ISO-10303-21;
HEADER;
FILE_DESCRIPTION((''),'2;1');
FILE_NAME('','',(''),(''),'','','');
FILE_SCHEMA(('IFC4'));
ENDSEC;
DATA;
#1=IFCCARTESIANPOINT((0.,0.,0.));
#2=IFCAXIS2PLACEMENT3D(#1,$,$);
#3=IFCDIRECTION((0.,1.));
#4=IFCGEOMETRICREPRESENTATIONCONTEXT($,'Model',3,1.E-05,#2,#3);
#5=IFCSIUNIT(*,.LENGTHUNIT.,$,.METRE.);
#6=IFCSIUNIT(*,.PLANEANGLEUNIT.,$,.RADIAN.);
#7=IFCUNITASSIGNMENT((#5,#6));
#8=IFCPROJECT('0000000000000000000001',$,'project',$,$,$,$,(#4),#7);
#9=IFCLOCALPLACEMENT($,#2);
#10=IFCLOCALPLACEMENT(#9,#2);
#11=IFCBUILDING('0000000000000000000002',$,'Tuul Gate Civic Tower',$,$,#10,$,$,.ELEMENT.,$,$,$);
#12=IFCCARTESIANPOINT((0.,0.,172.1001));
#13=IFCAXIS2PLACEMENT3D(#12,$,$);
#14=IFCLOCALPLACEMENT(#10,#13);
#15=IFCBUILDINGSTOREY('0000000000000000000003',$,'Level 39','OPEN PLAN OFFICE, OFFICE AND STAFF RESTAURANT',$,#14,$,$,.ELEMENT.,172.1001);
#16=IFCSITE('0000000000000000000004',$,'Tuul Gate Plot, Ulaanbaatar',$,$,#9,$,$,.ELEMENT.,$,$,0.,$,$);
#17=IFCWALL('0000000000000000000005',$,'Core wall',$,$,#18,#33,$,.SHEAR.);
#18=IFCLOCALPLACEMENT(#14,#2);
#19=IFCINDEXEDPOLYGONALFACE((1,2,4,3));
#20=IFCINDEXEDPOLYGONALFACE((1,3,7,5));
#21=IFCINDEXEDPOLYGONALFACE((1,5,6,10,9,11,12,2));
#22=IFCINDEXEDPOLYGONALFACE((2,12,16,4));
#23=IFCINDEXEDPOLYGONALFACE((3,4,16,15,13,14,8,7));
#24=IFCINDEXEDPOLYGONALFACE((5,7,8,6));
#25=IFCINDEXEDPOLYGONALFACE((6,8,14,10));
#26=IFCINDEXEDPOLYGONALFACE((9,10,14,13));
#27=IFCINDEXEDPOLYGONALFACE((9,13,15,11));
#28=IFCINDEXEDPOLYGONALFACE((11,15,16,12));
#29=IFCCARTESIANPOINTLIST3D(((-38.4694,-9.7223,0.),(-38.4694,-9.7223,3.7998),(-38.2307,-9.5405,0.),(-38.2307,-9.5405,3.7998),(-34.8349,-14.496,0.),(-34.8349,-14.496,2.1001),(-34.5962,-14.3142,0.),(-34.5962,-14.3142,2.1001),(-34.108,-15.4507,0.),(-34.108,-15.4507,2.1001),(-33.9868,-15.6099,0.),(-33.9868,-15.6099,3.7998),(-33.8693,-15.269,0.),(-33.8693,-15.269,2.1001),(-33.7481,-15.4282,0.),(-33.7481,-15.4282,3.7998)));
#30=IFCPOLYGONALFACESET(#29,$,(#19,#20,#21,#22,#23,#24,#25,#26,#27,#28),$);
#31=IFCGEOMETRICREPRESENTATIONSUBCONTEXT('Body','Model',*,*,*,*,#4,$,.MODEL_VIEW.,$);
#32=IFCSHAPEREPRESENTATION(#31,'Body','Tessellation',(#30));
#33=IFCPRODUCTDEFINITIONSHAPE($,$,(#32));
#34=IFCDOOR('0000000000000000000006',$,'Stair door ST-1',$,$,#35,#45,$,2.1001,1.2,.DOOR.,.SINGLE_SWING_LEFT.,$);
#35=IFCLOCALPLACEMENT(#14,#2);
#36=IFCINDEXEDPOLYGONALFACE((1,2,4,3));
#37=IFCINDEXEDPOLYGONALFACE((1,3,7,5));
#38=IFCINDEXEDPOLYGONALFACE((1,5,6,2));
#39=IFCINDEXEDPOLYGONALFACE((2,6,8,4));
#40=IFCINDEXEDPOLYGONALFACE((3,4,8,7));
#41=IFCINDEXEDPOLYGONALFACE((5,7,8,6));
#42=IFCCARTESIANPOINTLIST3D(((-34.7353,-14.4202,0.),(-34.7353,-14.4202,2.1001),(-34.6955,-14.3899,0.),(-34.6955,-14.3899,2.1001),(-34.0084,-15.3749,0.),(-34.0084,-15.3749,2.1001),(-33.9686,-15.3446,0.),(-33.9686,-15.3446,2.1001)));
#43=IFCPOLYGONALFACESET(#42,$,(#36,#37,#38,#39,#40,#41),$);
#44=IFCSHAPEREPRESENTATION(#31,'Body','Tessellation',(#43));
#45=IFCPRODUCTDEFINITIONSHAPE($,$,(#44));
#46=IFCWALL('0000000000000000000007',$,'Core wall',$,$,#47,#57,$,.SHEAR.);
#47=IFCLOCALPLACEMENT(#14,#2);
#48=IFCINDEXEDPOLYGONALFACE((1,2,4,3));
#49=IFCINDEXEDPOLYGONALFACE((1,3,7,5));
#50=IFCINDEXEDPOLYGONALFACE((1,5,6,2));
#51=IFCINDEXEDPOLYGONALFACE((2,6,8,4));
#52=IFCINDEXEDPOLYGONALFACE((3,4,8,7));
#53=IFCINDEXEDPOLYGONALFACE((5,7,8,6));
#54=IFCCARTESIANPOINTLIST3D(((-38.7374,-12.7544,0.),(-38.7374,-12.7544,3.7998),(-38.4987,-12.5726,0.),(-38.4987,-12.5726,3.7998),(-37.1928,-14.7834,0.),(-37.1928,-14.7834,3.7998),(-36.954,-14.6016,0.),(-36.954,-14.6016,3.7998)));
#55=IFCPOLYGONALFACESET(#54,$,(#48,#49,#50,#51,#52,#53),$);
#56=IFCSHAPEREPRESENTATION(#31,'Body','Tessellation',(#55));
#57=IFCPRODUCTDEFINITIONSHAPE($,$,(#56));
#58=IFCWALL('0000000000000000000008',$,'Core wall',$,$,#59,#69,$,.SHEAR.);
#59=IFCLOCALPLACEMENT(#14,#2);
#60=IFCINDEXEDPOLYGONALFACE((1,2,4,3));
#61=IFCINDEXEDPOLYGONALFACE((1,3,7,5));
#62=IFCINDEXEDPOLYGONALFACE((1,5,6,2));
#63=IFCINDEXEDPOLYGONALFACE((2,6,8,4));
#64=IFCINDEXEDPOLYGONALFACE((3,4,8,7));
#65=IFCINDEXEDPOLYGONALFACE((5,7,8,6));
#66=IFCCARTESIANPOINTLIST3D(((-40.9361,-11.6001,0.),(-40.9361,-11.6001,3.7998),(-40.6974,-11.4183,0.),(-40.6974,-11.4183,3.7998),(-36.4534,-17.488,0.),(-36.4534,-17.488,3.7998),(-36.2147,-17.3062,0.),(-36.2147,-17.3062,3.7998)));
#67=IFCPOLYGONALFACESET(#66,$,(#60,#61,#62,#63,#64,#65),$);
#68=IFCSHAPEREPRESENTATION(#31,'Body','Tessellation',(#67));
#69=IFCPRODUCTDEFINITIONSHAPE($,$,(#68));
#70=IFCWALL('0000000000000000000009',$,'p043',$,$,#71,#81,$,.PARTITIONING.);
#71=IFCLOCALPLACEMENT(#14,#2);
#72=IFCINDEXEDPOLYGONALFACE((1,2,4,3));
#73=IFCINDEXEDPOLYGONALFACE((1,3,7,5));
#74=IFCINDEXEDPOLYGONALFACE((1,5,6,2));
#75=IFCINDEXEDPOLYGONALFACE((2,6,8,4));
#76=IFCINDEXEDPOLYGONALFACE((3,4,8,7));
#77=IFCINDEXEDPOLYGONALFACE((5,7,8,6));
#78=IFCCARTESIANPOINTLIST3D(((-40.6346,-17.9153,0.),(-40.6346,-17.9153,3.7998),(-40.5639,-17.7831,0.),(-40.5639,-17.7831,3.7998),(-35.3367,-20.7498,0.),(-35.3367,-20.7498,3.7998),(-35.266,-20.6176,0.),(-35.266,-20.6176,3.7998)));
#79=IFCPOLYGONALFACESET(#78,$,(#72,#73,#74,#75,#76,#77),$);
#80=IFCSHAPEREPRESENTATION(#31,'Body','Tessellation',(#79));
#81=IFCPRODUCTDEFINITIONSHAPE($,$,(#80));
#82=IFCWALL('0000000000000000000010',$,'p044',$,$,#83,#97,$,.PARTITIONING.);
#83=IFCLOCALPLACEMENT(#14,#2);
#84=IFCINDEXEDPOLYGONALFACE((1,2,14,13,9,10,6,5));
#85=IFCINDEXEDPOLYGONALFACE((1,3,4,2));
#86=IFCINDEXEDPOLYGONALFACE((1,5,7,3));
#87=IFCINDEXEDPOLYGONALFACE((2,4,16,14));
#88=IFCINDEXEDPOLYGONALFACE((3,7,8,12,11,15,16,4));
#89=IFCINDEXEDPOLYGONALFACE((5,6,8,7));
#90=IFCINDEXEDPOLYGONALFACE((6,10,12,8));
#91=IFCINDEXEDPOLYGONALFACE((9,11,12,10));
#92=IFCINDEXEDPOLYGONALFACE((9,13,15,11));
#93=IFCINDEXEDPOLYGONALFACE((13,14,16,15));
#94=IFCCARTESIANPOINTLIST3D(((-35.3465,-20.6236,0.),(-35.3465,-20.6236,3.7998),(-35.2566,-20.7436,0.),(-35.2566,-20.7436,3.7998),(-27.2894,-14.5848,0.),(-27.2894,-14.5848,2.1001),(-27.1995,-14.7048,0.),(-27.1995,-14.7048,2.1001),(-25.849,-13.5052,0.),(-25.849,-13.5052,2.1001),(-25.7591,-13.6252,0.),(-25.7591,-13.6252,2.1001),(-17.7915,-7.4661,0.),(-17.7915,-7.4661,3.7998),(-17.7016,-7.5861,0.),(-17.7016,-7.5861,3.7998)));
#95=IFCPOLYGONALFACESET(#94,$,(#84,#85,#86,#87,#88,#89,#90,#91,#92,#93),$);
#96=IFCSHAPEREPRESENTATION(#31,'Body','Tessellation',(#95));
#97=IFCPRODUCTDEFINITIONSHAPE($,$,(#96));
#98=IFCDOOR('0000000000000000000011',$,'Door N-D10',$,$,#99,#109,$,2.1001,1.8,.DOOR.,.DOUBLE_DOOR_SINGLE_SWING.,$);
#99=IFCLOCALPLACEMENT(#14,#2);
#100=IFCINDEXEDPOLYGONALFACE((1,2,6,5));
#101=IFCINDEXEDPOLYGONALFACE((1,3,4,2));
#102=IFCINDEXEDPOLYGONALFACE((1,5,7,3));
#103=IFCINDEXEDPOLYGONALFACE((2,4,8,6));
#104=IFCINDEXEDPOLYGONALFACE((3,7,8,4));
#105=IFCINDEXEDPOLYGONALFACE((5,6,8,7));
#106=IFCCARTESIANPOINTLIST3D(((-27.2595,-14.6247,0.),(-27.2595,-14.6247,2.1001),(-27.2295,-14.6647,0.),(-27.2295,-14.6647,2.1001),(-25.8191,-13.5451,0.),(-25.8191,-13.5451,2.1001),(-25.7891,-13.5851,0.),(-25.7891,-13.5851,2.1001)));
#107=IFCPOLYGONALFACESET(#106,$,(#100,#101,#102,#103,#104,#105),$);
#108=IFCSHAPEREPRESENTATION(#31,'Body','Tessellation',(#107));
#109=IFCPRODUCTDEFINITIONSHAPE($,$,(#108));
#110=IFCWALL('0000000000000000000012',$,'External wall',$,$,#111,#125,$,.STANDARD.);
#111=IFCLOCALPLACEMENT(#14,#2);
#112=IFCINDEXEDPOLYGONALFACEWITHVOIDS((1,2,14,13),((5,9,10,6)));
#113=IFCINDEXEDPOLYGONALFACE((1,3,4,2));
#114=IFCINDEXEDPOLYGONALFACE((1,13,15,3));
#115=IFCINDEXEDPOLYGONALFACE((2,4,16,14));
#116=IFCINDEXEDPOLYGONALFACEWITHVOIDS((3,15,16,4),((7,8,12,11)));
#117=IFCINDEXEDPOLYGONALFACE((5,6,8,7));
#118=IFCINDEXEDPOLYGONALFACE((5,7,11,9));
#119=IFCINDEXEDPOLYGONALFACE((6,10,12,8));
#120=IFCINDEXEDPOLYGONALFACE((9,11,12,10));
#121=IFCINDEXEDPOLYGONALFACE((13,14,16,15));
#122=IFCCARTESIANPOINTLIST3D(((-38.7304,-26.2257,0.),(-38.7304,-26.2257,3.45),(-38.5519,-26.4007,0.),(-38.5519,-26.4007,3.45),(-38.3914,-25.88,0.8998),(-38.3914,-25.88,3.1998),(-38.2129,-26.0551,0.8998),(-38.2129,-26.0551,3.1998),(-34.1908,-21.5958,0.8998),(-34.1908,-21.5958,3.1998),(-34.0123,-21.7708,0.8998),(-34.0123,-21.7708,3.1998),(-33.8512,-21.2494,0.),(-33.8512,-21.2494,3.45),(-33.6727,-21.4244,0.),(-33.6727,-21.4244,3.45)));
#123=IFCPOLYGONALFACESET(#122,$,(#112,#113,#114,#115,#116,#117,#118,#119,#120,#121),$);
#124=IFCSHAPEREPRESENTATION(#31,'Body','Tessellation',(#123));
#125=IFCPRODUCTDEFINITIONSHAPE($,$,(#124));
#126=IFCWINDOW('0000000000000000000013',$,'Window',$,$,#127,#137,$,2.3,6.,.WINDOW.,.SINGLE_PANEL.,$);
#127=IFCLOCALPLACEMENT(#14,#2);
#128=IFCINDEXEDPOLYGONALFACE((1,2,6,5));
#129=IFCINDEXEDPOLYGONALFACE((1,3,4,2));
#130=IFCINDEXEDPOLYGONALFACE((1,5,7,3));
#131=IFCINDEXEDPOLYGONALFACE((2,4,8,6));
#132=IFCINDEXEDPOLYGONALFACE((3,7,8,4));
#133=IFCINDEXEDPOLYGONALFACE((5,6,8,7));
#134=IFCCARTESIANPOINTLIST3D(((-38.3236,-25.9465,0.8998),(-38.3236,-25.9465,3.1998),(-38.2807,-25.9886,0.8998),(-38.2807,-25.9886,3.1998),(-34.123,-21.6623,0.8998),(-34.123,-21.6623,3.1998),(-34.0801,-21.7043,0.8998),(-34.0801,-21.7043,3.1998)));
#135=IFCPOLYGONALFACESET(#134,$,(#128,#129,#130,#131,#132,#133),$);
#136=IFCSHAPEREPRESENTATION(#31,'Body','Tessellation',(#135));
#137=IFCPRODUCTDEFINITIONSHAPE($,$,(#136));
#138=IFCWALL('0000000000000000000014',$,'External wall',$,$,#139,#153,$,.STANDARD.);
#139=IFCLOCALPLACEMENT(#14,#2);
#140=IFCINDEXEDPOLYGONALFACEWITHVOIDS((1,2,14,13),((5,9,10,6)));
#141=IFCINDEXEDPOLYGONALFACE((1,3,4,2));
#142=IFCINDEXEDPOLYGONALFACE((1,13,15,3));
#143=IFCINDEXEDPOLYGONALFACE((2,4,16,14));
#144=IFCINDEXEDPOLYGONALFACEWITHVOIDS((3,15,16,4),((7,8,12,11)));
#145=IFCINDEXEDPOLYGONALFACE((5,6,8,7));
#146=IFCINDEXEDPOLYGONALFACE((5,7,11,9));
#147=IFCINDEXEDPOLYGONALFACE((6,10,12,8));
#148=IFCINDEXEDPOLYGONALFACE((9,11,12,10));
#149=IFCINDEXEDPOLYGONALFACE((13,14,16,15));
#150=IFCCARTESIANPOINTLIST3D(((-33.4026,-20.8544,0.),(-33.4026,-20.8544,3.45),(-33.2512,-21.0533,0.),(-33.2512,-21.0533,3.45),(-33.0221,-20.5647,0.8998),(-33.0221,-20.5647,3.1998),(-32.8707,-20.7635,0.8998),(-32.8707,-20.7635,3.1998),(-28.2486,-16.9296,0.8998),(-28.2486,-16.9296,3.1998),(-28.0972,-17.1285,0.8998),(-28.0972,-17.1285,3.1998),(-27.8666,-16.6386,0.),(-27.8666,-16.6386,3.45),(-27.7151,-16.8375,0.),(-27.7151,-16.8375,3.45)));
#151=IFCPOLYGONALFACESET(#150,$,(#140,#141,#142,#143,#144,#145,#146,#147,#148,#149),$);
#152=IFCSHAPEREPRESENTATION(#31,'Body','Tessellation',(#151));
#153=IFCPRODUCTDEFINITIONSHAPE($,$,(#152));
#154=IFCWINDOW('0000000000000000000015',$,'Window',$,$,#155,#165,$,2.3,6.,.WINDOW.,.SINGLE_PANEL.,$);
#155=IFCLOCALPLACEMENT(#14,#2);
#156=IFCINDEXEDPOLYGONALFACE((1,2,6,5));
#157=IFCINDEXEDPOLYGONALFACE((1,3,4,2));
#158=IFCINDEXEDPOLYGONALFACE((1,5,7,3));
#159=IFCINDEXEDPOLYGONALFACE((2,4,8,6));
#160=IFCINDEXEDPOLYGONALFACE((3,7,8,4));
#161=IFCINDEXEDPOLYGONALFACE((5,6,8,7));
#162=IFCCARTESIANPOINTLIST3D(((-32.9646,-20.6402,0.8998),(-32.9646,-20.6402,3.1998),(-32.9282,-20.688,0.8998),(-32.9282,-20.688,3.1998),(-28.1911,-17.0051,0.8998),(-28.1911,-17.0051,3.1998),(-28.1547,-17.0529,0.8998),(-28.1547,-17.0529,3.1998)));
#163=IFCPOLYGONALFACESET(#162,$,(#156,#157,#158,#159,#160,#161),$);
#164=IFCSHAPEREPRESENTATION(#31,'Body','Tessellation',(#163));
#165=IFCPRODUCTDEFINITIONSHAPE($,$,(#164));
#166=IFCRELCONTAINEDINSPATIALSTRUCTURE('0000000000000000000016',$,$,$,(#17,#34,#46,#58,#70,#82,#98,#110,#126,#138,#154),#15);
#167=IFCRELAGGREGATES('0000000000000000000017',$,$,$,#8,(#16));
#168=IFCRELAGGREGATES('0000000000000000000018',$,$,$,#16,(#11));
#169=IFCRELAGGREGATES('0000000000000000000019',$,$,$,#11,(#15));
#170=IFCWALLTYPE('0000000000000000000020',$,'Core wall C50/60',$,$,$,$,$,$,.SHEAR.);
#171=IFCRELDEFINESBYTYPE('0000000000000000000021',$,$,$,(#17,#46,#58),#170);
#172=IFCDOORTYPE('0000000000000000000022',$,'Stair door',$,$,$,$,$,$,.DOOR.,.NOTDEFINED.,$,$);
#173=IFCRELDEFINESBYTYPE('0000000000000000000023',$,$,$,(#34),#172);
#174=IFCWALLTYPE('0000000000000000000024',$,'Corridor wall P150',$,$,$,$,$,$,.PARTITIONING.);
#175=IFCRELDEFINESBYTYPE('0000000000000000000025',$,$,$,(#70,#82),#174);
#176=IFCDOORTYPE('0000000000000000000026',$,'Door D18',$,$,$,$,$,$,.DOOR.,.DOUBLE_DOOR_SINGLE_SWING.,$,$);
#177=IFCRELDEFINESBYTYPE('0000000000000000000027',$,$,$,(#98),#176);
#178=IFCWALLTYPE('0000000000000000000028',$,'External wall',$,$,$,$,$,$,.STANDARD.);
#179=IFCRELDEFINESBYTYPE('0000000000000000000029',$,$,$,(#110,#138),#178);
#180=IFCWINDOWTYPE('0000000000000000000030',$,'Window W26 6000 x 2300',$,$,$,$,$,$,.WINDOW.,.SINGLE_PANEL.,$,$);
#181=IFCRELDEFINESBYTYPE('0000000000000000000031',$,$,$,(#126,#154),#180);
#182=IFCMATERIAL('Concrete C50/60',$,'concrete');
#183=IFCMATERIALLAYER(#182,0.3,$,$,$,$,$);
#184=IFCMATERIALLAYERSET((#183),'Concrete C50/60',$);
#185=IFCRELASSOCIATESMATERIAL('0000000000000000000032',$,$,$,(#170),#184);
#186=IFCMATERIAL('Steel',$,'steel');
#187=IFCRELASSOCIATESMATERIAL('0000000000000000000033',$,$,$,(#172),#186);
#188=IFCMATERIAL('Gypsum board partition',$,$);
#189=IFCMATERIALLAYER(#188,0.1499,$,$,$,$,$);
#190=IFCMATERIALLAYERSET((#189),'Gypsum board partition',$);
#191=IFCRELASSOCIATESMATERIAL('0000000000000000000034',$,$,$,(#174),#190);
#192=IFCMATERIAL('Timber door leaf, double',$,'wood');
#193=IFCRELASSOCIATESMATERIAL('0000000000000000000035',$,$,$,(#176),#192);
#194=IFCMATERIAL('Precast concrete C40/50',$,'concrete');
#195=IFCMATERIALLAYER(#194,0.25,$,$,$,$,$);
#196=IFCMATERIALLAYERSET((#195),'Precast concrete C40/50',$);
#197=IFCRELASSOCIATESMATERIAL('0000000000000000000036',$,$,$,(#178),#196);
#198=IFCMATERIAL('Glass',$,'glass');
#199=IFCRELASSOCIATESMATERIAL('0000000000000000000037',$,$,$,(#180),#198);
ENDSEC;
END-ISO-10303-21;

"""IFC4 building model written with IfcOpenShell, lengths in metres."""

from ifc_helpers import new_model, si_unit, direction, frame, frame_2d, origin, place, context, subcontext, project, spatial, rectangle, extrude, material, layer, layer_set, type_object, element, fill, save


model = new_model("IFC4")

# Units and contexts
model_context = context("Model", 3, precision=1e-05, world=origin(), true_north=direction((0.0, 1.0)))
body_context = subcontext(model_context, "Body", "Model", "MODEL_VIEW")
ifc_project = project(units=[si_unit("LENGTHUNIT", "METRE"), si_unit("PLANEANGLEUNIT", "RADIAN")], contexts=[model_context])

# Site, building, storey
site_placement = place(None, origin())
site = spatial("IfcSite", under=ifc_project, at=site_placement, Name="Tuul Gate Plot, Ulaanbaatar", CompositionType="ELEMENT", RefElevation=0.0)
building_placement = place(site_placement, origin())
building = spatial("IfcBuilding", under=site, at=building_placement, Name="Tuul Gate Civic Tower", CompositionType="ELEMENT")
storey_placement = place(building_placement, frame((0.0, 0.0, 172.1001)))
storey = spatial("IfcBuildingStorey", under=building, at=storey_placement, Name="Level 39", Description="OPEN PLAN OFFICE, OFFICE AND STAFF RESTAURANT", CompositionType="ELEMENT", Elevation=172.1001)

# Shared definitions
ifc_material_1 = material(Name="Concrete C50/60", Category="concrete")
ifc_layer_1 = layer(ifc_material_1, 0.3)
ifc_layer_set_1 = layer_set([ifc_layer_1], Name="Concrete C50/60")
wall_type_1 = type_object("IfcWallType", Name="Core wall C50/60", PredefinedType="SHEAR", material=ifc_layer_set_1)

# Wall, opening, door
wall_1_placement = place(storey_placement, frame((-33.8674, -15.519, 0.0), z_axis=(0.0, 0.0, 1.0), x_axis=(-0.60577, 0.79564, 0.0)))
wall_1 = element("IfcWall", 1, at=wall_1_placement, inside=storey, type_object=wall_type_1, Name="Core wall", PredefinedType="SHEAR", context=body_context, shape_type="SweptSolid", body=[
    extrude(rectangle(XDim=7.3999, YDim=0.3, at=frame_2d((3.7, 0.0))), origin(), (0.0, 0.0, 1.0), 3.7998),
])
opening_1_placement = place(wall_1_placement, frame((0.2, 0.0, 0.0)))
opening_1 = element("IfcOpeningElement", 2, at=opening_1_placement, cuts=wall_1, PredefinedType="OPENING", context=body_context, shape_type="SweptSolid", body=[
    extrude(rectangle(XDim=1.2, YDim=2.1001, at=frame_2d((0.6001, 1.05))), frame((0.0, 0.1602, 0.0), z_axis=(0.0, -1.0, 0.0), x_axis=(1.0, 0.0, 0.0)), (0.0, 0.0, 1.0), 0.3201),
])
ifc_material_2 = material(Name="Steel", Category="steel")
door_type_1 = type_object("IfcDoorType", Name="Stair door", OperationType="NOTDEFINED", PredefinedType="DOOR", material=ifc_material_2)
door_1_placement = place(opening_1_placement, origin())
door_1 = element("IfcDoor", 3, at=door_1_placement, inside=storey, type_object=door_type_1, Name="Stair door ST-1", OperationType="SINGLE_SWING_LEFT", OverallHeight=2.1001, OverallWidth=1.2, PredefinedType="DOOR", context=body_context, shape_type="SweptSolid", body=[
    extrude(rectangle(XDim=1.2, YDim=2.1001, at=frame_2d((0.6001, 1.05))), frame((0.0, 0.0249, 0.0), z_axis=(0.0, -1.0, 0.0), x_axis=(1.0, 0.0, 0.0)), (0.0, 0.0, 1.0), 0.05),
])
fill(opening_1, door_1)

# Walls
wall_2_placement = place(storey_placement, frame((-37.0735, -14.6924, 0.0), z_axis=(0.0, 0.0, 1.0), x_axis=(-0.605729, 0.795671, 0.0)))
element("IfcWall", 4, at=wall_2_placement, inside=storey, type_object=wall_type_1, Name="Core wall", PredefinedType="SHEAR", context=body_context, shape_type="SweptSolid", body=[
    extrude(rectangle(XDim=2.55, YDim=0.3, at=frame_2d((1.2749, 0.0))), origin(), (0.0, 0.0, 1.0), 3.7998),
])
wall_3_placement = place(storey_placement, frame((-36.334, -17.3972, 0.0), z_axis=(0.0, 0.0, 1.0), x_axis=(-0.605754, 0.795652, 0.0)))
element("IfcWall", 5, at=wall_3_placement, inside=storey, type_object=wall_type_1, Name="Core wall", PredefinedType="SHEAR", context=body_context, shape_type="SweptSolid", body=[
    extrude(rectangle(XDim=7.4001, YDim=0.3, at=frame_2d((3.7002, 0.0))), origin(), (0.0, 0.0, 1.0), 3.7998),
])
ifc_material_3 = material(Name="Gypsum board partition")
ifc_layer_2 = layer(ifc_material_3, 0.1499)
ifc_layer_set_2 = layer_set([ifc_layer_2], Name="Gypsum board partition")
wall_type_2 = type_object("IfcWallType", Name="Corridor wall P150", PredefinedType="PARTITIONING", material=ifc_layer_set_2)
wall_4_placement = place(storey_placement, frame((-40.5994, -17.8491, 0.0), z_axis=(0.0, 0.0, 1.0), x_axis=(0.881734, -0.471748, 0.0)))
element("IfcWall", 6, at=wall_4_placement, inside=storey, type_object=wall_type_2, Name="p043", PredefinedType="PARTITIONING", context=body_context, shape_type="SweptSolid", body=[
    extrude(rectangle(XDim=6.0085, YDim=0.1499, at=frame_2d((3.0044, 0.0))), origin(), (0.0, 0.0, 1.0), 3.7998),
])

# Wall, opening, door
wall_5_placement = place(storey_placement, frame((-35.3015, -20.6836, 0.0), z_axis=(0.0, 0.0, 1.0), x_axis=(0.800191, 0.599745, 0.0)))
wall_5 = element("IfcWall", 7, at=wall_5_placement, inside=storey, type_object=wall_type_2, Name="p044", PredefinedType="PARTITIONING", context=body_context, shape_type="SweptSolid", body=[
    extrude(rectangle(XDim=21.9385, YDim=0.1499, at=frame_2d((10.9692, 0.0))), origin(), (0.0, 0.0, 1.0), 3.7998),
])
opening_2_placement = place(wall_5_placement, frame((10.0691, 0.0, 0.0)))
opening_2 = element("IfcOpeningElement", 8, at=opening_2_placement, cuts=wall_5, PredefinedType="OPENING", context=body_context, shape_type="SweptSolid", body=[
    extrude(rectangle(XDim=1.8, YDim=2.1001, at=frame_2d((0.8999, 1.05))), frame((0.0, 0.085, 0.0), z_axis=(0.0, -1.0, 0.0), x_axis=(1.0, 0.0, 0.0)), (0.0, 0.0, 1.0), 0.1699),
])
ifc_material_4 = material(Name="Timber door leaf, double", Category="wood")
door_type_2 = type_object("IfcDoorType", Name="Door D18", OperationType="DOUBLE_DOOR_SINGLE_SWING", PredefinedType="DOOR", material=ifc_material_4)
door_2_placement = place(opening_2_placement, frame((1.8, 0.0, 0.0), z_axis=(0.0, 0.0, 1.0), x_axis=(-1.0, 0.0, 0.0)))
door_2 = element("IfcDoor", 9, at=door_2_placement, inside=storey, type_object=door_type_2, Name="Door N-D10", OperationType="DOUBLE_DOOR_SINGLE_SWING", OverallHeight=2.1001, OverallWidth=1.8, PredefinedType="DOOR", context=body_context, shape_type="SweptSolid", body=[
    extrude(rectangle(XDim=1.8, YDim=2.1001, at=frame_2d((0.9001, 1.05))), frame((0.0, 0.0249, 0.0), z_axis=(0.0, -1.0, 0.0), x_axis=(1.0, 0.0, 0.0)), (0.0, 0.0, 1.0), 0.05),
])
fill(opening_2, door_2)

# Walls, openings, windows
ifc_material_5 = material(Name="Precast concrete C40/50", Category="concrete")
ifc_layer_3 = layer(ifc_material_5, 0.25)
ifc_layer_set_3 = layer_set([ifc_layer_3], Name="Precast concrete C40/50")
wall_type_3 = type_object("IfcWallType", Name="External wall", PredefinedType="STANDARD", material=ifc_layer_set_3)
wall_6_placement = place(storey_placement, frame((-38.6411, -26.3132, 0.0), z_axis=(0.0, 0.0, 1.0), x_axis=(0.700101, 0.714044, 0.0)))
wall_6 = element("IfcWall", 10, at=wall_6_placement, inside=storey, type_object=wall_type_3, Name="External wall", PredefinedType="STANDARD", context=body_context, shape_type="SweptSolid", body=[
    extrude(rectangle(XDim=6.9692, YDim=0.25, at=frame_2d((3.4846, 0.0))), origin(), (0.0, 0.0, 1.0), 3.45),
])
opening_3_placement = place(wall_6_placement, frame((0.4841, 0.0, 0.8999)))
opening_3 = element("IfcOpeningElement", 11, at=opening_3_placement, cuts=wall_6, PredefinedType="OPENING", context=body_context, shape_type="SweptSolid", body=[
    extrude(rectangle(XDim=6.0, YDim=2.3, at=frame_2d((3.0, 1.1499))), frame((0.0, 0.135, 0.0), z_axis=(0.0, -1.0, 0.0), x_axis=(1.0, 0.0, 0.0)), (0.0, 0.0, 1.0), 0.27),
])
ifc_material_6 = material(Name="Glass", Category="glass")
window_type = type_object("IfcWindowType", Name="Window W26 6000 x 2300", PartitioningType="SINGLE_PANEL", PredefinedType="WINDOW", material=ifc_material_6)
window_1_placement = place(opening_3_placement, origin())
window_1 = element("IfcWindow", 12, at=window_1_placement, inside=storey, type_object=window_type, Name="Window", OverallHeight=2.3, OverallWidth=6.0, PartitioningType="SINGLE_PANEL", PredefinedType="WINDOW", context=body_context, shape_type="SweptSolid", body=[
    extrude(rectangle(XDim=6.0, YDim=2.3, at=frame_2d((3.0, 1.1499))), frame((0.0, 0.03, 0.0), z_axis=(0.0, -1.0, 0.0), x_axis=(1.0, 0.0, 0.0)), (0.0, 0.0, 1.0), 0.0601),
])
fill(opening_3, window_1)
wall_7_placement = place(storey_placement, frame((-33.3269, -20.9539, 0.0), z_axis=(0.0, 0.0, 1.0), x_axis=(0.795583, 0.605844, 0.0)))
wall_7 = element("IfcWall", 13, at=wall_7_placement, inside=storey, type_object=wall_type_3, Name="External wall", PredefinedType="STANDARD", context=body_context, shape_type="SweptSolid", body=[
    extrude(rectangle(XDim=6.9585, YDim=0.25, at=frame_2d((3.4792, 0.0))), origin(), (0.0, 0.0, 1.0), 3.45),
])
opening_4_placement = place(wall_7_placement, frame((0.4783, 0.0, 0.8999)))
opening_4 = element("IfcOpeningElement", 14, at=opening_4_placement, cuts=wall_7, PredefinedType="OPENING", context=body_context, shape_type="SweptSolid", body=[
    extrude(rectangle(XDim=6.0, YDim=2.3, at=frame_2d((3.0, 1.1499))), frame((0.0, 0.135, 0.0), z_axis=(0.0, -1.0, 0.0), x_axis=(1.0, 0.0, 0.0)), (0.0, 0.0, 1.0), 0.27),
])
window_2_placement = place(opening_4_placement, origin())
window_2 = element("IfcWindow", 15, at=window_2_placement, inside=storey, type_object=window_type, Name="Window", OverallHeight=2.3, OverallWidth=6.0, PartitioningType="SINGLE_PANEL", PredefinedType="WINDOW", context=body_context, shape_type="SweptSolid", body=[
    extrude(rectangle(XDim=6.0, YDim=2.3, at=frame_2d((3.0, 1.1499))), frame((0.0, 0.03, 0.0), z_axis=(0.0, -1.0, 0.0), x_axis=(1.0, 0.0, 0.0)), (0.0, 0.0, 1.0), 0.0601),
])
fill(opening_4, window_2)

save(model, "model.ifc")
